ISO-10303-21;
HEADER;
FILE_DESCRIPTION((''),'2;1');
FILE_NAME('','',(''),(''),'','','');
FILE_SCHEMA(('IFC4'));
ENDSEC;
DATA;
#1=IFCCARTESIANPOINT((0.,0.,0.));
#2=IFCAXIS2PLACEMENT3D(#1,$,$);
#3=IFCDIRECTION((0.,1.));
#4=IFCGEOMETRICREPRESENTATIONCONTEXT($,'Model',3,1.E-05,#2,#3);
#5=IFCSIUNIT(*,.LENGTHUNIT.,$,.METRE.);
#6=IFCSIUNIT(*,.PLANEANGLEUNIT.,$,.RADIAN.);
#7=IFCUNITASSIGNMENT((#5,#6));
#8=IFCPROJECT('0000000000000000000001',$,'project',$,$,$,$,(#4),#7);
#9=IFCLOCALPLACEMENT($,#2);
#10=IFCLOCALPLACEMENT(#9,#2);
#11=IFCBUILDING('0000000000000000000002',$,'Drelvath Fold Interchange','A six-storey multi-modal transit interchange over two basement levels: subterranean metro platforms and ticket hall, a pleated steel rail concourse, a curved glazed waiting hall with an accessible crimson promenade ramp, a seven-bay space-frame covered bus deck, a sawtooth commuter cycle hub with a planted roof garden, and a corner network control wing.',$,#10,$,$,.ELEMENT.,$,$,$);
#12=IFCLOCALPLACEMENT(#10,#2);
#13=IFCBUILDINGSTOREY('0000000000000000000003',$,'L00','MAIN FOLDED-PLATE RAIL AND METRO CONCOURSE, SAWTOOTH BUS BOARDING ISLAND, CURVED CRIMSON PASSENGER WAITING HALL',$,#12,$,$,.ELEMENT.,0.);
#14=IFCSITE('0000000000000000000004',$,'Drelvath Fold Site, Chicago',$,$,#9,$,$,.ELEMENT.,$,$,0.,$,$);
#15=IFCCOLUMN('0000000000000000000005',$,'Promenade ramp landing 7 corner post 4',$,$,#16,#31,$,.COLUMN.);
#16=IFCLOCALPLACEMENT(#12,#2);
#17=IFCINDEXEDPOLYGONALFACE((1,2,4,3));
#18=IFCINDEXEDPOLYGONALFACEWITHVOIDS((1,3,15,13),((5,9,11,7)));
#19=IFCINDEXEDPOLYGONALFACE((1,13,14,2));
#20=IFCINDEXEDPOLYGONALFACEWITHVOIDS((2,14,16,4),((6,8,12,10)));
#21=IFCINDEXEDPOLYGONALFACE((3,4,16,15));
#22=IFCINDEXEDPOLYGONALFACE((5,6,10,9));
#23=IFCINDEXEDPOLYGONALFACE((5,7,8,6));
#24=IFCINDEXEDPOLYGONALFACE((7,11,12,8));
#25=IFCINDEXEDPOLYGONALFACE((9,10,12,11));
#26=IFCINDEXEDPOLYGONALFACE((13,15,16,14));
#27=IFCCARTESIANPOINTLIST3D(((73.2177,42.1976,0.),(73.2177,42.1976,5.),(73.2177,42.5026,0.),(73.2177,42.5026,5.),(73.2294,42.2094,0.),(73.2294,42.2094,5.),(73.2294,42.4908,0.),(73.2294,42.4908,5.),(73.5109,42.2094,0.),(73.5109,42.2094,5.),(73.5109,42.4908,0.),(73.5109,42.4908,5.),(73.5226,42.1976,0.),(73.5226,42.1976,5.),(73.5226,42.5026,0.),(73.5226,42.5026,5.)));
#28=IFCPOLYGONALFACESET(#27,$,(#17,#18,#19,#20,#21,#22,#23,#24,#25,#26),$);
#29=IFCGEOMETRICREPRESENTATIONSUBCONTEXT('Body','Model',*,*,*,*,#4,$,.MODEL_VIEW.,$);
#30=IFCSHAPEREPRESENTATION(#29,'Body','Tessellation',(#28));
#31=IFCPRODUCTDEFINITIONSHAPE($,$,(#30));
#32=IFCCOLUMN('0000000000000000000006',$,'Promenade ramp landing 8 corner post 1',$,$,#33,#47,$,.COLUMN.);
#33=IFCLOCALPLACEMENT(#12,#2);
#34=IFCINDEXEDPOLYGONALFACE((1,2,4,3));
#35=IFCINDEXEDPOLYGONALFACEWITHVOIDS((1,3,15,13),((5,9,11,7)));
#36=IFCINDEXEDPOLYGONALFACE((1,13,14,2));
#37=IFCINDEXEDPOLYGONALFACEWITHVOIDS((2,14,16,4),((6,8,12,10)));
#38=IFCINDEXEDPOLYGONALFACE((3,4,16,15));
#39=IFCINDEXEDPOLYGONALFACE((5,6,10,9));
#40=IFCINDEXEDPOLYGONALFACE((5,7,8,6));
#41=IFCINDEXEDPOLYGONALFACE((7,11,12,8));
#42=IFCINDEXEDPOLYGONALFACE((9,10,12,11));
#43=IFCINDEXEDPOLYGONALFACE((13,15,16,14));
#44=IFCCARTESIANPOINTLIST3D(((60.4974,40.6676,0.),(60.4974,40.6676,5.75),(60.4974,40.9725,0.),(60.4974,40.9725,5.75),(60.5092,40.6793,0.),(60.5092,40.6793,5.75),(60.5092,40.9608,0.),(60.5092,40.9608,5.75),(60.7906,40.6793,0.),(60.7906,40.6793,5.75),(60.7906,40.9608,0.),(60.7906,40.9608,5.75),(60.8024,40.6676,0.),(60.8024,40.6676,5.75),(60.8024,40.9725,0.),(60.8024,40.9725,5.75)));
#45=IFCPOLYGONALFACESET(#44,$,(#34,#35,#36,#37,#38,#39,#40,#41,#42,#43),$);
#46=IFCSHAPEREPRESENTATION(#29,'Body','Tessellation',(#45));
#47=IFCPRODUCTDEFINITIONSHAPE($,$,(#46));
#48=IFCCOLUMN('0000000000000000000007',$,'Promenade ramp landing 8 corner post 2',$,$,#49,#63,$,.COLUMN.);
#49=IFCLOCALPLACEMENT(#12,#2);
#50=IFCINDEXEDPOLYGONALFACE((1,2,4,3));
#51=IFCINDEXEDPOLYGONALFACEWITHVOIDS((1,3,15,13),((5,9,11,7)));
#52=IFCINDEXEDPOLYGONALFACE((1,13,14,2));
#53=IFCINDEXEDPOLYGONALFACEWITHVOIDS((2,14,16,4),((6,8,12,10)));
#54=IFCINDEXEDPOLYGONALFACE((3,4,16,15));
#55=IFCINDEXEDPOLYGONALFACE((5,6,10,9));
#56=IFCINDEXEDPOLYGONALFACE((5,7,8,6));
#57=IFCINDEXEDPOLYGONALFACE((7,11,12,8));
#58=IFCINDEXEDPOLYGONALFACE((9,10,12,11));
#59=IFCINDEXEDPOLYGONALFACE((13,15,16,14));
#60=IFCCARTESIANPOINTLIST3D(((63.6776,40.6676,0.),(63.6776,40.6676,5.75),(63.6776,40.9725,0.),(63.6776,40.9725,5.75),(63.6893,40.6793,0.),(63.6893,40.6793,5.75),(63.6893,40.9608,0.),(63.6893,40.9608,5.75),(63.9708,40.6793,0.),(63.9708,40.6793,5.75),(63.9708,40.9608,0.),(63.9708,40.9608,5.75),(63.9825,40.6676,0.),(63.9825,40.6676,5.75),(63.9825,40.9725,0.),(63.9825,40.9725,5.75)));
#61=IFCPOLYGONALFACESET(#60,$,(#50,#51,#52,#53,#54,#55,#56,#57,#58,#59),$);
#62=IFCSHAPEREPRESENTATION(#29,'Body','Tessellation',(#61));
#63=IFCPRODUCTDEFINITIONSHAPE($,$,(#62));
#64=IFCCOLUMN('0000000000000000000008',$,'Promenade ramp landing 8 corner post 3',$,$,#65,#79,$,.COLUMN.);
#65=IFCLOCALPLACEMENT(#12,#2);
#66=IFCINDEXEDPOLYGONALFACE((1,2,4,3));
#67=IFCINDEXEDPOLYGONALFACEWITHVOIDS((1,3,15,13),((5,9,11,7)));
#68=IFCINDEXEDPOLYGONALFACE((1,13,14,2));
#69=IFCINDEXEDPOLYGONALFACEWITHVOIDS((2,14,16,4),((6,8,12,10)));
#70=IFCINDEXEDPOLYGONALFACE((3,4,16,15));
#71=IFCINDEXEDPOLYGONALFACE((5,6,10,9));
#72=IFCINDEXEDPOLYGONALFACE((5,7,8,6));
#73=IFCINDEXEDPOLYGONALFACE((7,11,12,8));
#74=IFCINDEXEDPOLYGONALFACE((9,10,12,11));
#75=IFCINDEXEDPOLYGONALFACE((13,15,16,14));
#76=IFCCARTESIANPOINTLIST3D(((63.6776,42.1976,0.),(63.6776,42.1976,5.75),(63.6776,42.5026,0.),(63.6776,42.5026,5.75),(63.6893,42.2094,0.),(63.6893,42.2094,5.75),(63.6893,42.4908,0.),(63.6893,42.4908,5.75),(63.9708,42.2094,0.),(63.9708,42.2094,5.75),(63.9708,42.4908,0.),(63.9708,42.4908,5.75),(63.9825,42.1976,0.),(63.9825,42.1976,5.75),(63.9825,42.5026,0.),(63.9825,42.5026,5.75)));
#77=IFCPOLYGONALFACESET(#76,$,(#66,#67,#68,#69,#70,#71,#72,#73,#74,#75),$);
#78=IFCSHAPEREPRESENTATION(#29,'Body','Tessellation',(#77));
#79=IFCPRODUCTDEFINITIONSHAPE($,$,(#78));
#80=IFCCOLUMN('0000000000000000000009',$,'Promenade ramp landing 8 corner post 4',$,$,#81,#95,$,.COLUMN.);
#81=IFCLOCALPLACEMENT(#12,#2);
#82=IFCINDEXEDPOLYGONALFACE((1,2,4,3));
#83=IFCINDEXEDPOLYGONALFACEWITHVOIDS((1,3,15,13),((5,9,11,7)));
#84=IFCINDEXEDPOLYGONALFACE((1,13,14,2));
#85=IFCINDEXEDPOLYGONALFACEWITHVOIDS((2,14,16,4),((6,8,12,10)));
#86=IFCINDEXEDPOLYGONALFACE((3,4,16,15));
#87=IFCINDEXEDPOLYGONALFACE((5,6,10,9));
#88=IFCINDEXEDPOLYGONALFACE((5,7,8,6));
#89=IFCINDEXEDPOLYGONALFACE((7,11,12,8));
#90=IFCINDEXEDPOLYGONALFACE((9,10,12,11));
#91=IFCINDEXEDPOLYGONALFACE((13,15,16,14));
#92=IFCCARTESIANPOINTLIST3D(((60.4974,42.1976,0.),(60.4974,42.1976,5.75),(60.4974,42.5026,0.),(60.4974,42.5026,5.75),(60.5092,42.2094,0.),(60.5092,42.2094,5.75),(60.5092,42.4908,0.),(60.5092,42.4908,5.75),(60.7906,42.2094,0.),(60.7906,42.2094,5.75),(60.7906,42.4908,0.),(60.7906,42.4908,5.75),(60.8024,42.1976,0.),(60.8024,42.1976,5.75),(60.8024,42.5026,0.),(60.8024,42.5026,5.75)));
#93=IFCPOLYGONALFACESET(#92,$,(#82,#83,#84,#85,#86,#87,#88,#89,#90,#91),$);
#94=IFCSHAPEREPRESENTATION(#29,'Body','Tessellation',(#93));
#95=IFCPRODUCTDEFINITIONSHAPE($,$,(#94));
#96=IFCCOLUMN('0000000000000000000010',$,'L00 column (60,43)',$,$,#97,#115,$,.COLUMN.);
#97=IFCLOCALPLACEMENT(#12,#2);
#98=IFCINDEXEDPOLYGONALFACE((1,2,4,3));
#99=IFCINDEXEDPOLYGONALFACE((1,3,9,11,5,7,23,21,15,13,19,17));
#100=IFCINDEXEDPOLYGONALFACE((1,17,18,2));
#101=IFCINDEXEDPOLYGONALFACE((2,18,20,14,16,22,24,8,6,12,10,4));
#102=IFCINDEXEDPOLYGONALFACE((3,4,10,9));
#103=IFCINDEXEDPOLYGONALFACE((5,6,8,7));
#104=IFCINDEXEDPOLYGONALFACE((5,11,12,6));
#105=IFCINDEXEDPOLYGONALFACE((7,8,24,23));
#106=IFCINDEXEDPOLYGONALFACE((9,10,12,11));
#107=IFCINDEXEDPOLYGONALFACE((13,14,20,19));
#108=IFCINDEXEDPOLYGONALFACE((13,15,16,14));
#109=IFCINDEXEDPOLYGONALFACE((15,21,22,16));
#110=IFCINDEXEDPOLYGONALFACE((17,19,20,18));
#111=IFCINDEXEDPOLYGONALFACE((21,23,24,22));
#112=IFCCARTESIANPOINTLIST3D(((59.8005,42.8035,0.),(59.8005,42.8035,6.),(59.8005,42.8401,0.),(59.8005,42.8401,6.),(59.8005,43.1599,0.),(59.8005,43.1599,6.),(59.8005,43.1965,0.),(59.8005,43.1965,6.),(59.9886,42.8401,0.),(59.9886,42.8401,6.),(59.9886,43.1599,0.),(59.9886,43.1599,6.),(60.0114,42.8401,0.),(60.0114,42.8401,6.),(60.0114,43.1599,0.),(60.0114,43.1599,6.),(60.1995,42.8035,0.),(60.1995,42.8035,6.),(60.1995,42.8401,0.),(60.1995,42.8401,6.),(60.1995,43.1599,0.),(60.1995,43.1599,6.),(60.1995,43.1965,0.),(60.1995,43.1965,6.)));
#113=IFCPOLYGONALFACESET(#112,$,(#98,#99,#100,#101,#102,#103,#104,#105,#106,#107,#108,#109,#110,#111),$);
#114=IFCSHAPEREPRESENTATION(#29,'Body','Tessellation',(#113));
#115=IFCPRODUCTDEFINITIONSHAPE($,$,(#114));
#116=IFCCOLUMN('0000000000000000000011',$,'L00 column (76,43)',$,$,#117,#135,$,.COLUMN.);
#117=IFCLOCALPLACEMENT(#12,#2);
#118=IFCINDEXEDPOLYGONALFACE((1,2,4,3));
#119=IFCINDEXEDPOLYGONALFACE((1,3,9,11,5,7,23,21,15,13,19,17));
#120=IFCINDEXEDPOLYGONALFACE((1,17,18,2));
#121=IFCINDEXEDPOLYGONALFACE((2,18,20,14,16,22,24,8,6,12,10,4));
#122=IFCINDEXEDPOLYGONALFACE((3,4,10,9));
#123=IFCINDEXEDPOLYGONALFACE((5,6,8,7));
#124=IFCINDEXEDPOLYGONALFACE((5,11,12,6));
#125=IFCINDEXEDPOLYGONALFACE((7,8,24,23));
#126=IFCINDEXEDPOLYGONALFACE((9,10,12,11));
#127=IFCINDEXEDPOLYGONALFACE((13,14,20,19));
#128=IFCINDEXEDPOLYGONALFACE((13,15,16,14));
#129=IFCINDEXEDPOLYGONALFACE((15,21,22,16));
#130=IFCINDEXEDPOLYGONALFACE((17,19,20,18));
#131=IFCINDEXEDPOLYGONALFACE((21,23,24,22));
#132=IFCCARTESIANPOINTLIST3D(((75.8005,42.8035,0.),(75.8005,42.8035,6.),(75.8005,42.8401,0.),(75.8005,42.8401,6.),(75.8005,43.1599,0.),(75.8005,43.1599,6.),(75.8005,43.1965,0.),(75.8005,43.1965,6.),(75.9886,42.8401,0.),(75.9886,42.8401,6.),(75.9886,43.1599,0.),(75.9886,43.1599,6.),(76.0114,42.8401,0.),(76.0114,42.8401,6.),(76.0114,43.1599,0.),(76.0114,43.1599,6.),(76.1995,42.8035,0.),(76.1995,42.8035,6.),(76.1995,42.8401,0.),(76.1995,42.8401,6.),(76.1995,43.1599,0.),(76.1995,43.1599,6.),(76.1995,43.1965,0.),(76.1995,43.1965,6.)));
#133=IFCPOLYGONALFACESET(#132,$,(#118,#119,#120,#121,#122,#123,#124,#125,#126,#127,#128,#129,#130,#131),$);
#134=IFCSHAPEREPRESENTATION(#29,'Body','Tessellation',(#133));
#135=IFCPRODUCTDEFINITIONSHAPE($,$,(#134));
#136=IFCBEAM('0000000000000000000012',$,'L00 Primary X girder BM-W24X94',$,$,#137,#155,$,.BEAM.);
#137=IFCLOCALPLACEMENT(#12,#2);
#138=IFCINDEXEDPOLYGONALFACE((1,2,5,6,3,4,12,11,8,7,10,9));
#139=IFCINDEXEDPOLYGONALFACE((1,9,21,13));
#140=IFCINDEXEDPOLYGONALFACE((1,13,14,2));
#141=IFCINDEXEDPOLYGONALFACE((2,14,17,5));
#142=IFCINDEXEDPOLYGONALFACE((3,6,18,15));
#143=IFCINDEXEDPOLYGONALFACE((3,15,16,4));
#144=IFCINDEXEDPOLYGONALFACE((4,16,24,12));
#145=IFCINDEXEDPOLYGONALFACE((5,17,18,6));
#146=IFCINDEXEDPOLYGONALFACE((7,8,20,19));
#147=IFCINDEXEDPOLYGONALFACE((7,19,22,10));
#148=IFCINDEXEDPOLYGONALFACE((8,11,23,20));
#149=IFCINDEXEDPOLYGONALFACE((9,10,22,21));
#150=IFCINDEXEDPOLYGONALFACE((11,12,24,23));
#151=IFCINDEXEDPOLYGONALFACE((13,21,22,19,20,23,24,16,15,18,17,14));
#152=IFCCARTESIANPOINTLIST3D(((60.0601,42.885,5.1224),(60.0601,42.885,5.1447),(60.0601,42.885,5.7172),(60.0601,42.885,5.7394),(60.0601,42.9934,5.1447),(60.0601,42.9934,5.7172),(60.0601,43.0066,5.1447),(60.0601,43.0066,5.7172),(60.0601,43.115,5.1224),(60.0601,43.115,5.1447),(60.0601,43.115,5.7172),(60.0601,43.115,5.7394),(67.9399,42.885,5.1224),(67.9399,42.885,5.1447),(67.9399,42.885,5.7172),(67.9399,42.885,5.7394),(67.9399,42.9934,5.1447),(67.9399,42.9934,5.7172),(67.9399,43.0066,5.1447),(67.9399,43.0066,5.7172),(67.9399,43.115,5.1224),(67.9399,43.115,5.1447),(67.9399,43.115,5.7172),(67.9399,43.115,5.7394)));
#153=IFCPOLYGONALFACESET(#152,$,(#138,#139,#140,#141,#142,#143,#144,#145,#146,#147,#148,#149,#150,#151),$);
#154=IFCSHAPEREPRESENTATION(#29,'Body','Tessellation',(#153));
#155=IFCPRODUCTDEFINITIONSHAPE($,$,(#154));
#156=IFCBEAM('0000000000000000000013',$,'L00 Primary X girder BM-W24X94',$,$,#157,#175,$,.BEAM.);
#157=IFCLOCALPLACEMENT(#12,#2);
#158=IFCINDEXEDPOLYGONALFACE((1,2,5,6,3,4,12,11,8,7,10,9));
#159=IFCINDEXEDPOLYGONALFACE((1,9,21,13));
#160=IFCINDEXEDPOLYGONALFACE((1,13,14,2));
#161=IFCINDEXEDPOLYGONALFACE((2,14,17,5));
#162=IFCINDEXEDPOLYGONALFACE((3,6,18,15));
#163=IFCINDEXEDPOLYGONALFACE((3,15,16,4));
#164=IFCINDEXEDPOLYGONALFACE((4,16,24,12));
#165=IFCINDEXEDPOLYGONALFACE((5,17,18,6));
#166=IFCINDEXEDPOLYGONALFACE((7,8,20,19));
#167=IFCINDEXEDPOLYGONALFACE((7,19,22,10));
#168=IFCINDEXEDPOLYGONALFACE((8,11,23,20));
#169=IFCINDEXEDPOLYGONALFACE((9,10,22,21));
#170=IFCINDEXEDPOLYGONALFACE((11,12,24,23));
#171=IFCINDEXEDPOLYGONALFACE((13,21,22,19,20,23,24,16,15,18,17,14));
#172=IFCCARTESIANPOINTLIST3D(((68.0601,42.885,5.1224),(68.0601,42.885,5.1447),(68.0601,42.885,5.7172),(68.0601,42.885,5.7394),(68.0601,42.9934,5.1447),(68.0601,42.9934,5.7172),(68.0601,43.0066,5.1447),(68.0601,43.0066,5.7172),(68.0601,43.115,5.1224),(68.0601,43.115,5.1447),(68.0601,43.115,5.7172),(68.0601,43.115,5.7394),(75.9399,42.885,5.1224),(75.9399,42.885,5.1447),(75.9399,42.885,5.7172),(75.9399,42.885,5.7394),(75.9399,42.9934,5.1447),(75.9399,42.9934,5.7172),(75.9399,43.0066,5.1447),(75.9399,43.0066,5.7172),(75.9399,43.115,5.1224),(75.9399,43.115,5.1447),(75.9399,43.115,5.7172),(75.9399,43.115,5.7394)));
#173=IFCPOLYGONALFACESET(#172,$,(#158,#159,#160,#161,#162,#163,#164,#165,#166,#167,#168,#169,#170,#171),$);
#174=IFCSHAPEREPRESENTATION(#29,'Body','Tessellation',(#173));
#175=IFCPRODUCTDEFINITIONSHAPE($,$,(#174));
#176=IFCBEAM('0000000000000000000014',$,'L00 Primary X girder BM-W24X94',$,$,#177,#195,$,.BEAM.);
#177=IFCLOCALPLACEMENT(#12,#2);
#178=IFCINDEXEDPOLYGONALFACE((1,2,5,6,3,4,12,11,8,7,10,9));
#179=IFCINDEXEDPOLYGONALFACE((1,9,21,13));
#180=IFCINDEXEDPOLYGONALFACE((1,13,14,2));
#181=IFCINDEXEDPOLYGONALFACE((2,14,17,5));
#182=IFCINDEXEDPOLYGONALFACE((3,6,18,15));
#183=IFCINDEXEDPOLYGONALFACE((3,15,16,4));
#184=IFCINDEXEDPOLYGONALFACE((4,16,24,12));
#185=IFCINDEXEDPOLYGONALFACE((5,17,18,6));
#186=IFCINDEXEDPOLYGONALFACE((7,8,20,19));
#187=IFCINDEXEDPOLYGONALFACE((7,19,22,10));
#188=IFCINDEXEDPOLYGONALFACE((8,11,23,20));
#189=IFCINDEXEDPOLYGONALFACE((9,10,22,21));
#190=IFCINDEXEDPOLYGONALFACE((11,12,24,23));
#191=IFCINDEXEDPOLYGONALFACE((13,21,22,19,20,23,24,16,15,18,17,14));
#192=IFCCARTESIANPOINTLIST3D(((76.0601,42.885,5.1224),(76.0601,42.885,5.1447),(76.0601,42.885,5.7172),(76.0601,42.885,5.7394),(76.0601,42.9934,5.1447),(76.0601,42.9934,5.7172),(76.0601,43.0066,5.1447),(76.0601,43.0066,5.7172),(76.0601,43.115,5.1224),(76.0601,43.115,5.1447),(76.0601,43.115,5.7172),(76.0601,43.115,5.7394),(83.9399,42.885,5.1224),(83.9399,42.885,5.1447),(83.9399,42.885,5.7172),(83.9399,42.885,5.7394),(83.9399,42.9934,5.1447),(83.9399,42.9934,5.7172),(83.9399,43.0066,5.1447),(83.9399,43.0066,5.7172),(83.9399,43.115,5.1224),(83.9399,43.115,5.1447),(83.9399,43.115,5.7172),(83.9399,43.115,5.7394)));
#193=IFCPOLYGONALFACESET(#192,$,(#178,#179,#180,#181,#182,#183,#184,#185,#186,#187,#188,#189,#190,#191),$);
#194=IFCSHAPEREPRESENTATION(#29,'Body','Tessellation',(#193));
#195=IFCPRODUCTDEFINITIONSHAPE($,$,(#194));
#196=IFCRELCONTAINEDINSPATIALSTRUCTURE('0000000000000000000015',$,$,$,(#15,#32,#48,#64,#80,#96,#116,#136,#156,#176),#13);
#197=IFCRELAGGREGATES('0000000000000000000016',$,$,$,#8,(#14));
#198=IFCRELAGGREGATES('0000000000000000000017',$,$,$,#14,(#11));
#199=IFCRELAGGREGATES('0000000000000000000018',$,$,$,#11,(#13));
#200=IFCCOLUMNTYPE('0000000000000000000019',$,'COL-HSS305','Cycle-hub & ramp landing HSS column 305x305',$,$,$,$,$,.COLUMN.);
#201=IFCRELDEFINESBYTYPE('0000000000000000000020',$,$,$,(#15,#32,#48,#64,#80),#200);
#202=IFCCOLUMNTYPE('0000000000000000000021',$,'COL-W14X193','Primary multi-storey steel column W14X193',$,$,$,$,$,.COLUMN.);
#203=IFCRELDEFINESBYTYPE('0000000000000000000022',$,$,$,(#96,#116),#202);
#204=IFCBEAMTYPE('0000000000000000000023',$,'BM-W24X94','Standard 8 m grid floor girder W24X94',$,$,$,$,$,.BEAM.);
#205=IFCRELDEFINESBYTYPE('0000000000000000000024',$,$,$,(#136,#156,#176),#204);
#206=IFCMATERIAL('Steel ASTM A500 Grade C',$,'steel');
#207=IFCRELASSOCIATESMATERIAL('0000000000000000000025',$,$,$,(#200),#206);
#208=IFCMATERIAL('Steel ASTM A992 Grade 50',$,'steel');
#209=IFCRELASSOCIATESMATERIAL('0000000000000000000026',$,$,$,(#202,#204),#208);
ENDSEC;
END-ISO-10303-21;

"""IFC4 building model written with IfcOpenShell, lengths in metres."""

from ifc_helpers import new_model, si_unit, direction, frame, origin, origin_2d, place, context, subcontext, project, spatial, hollow_rectangle, i_section, extrude, material, material_profile, profile_set, type_object, element, save


model = new_model("IFC4")

# Units and contexts
model_context = context("Model", 3, precision=1e-05, world=origin(), true_north=direction((0.0, 1.0)))
body_context = subcontext(model_context, "Body", "Model", "MODEL_VIEW")
ifc_project = project(units=[si_unit("LENGTHUNIT", "METRE"), si_unit("PLANEANGLEUNIT", "RADIAN")], contexts=[model_context])

# Site, building, storey
site_placement = place(None, origin())
site = spatial("IfcSite", under=ifc_project, at=site_placement, Name="Drelvath Fold Site, Chicago", CompositionType="ELEMENT", RefElevation=0.0)
building_placement = place(site_placement, origin())
building = spatial("IfcBuilding", under=site, at=building_placement, Name="Drelvath Fold Interchange", Description="A six-storey multi-modal transit interchange over two basement levels: subterranean metro platforms and ticket hall, a pleated steel rail concourse, a curved glazed waiting hall with an accessible crimson promenade ramp, a seven-bay space-frame covered bus deck, a sawtooth commuter cycle hub with a planted roof garden, and a corner network control wing.", CompositionType="ELEMENT")
storey_placement = place(building_placement, origin())
storey = spatial("IfcBuildingStorey", under=building, at=storey_placement, Name="L00", Description="MAIN FOLDED-PLATE RAIL AND METRO CONCOURSE, SAWTOOTH BUS BOARDING ISLAND, CURVED CRIMSON PASSENGER WAITING HALL", CompositionType="ELEMENT", Elevation=0.0)

# Columns
ifc_material_1 = material(Name="Steel ASTM A500 Grade C", Category="steel")
ifc_material_profile_1 = material_profile(ifc_material_1, hollow_rectangle(XDim=0.3049, YDim=0.3049, WallThickness=0.0117, at=origin_2d()), Name="HSS12X12X1/2")
ifc_profile_set_1 = profile_set([ifc_material_profile_1], Name="Steel ASTM A500 Grade C")
column_type_1 = type_object("IfcColumnType", Name="COL-HSS305", Description="Cycle-hub & ramp landing HSS column 305x305", PredefinedType="COLUMN", material=ifc_profile_set_1)
for number, where, z_axis, x_axis, name in (
    (1, (73.3701, 42.3501, 0.0), (0.0, 0.0, 1.0), (1.0, 0.0, 0.0), "Promenade ramp landing 7 corner post 4"),
):
    element("IfcColumn", number, at=place(storey_placement, frame(where, z_axis=z_axis, x_axis=x_axis)), inside=storey, type_object=column_type_1, Name=name, PredefinedType="COLUMN", context=body_context, shape_type="SweptSolid", body=[
        extrude(hollow_rectangle(XDim=0.3049, YDim=0.3049, WallThickness=0.0117, at=origin_2d()), origin(), (0.0, 0.0, 1.0), 5.0),
    ])
for number, where, z_axis, x_axis, name in (
    (2, (60.6499, 40.8201, 0.0), (0.0, 0.0, 1.0), (1.0, 0.0, 0.0), "Promenade ramp landing 8 corner post 1"),
    (3, (63.8301, 40.8201, 0.0), (0.0, 0.0, 1.0), (1.0, 0.0, 0.0), "Promenade ramp landing 8 corner post 2"),
    (4, (63.8301, 42.3501, 0.0), (0.0, 0.0, 1.0), (1.0, 0.0, 0.0), "Promenade ramp landing 8 corner post 3"),
    (5, (60.6499, 42.3501, 0.0), (0.0, 0.0, 1.0), (1.0, 0.0, 0.0), "Promenade ramp landing 8 corner post 4"),
):
    element("IfcColumn", number, at=place(storey_placement, frame(where, z_axis=z_axis, x_axis=x_axis)), inside=storey, type_object=column_type_1, Name=name, PredefinedType="COLUMN", context=body_context, shape_type="SweptSolid", body=[
        extrude(hollow_rectangle(XDim=0.3049, YDim=0.3049, WallThickness=0.0117, at=origin_2d()), origin(), (0.0, 0.0, 1.0), 5.75),
    ])
ifc_material_2 = material(Name="Steel ASTM A992 Grade 50", Category="steel")
ifc_material_profile_2 = material_profile(ifc_material_2, i_section(OverallWidth=0.3989, OverallDepth=0.3931, WebThickness=0.0227, FlangeThickness=0.0366, at=origin_2d()), Name="W14X193")
ifc_profile_set_2 = profile_set([ifc_material_profile_2], Name="Steel ASTM A992 Grade 50")
column_type_2 = type_object("IfcColumnType", Name="COL-W14X193", Description="Primary multi-storey steel column W14X193", PredefinedType="COLUMN", material=ifc_profile_set_2)
for number, where, z_axis, x_axis, name in (
    (6, (60.0, 43.0, 0.0), (0.0, 0.0, 1.0), (1.0, 0.0, 0.0), "L00 column (60,43)"),
    (7, (76.0, 43.0, 0.0), (0.0, 0.0, 1.0), (1.0, 0.0, 0.0), "L00 column (76,43)"),
):
    element("IfcColumn", number, at=place(storey_placement, frame(where, z_axis=z_axis, x_axis=x_axis)), inside=storey, type_object=column_type_2, Name=name, PredefinedType="COLUMN", context=body_context, shape_type="SweptSolid", body=[
        extrude(i_section(OverallWidth=0.3989, OverallDepth=0.3931, WebThickness=0.0227, FlangeThickness=0.0366, at=origin_2d()), origin(), (0.0, 0.0, 1.0), 6.0),
    ])

# Beams
ifc_material_profile_3 = material_profile(ifc_material_2, i_section(OverallWidth=0.23, OverallDepth=0.6169, WebThickness=0.0132, FlangeThickness=0.0222, at=origin_2d()), Name="W24X94")
ifc_profile_set_3 = profile_set([ifc_material_profile_3], Name="Steel ASTM A992 Grade 50")
beam_type_1 = type_object("IfcBeamType", Name="BM-W24X94", Description="Standard 8 m grid floor girder W24X94", PredefinedType="BEAM", material=ifc_profile_set_3)
for number, where, z_axis, x_axis, name in (
    (8, (60.0601, 43.0, 5.4309), (1.0, 0.0, 0.0), (0.0, 1.0, 0.0), "L00 Primary X girder BM-W24X94"),
    (9, (68.0601, 43.0, 5.4309), (1.0, 0.0, 0.0), (0.0, 1.0, 0.0), "L00 Primary X girder BM-W24X94"),
    (10, (76.0601, 43.0, 5.4309), (1.0, 0.0, 0.0), (0.0, 1.0, 0.0), "L00 Primary X girder BM-W24X94"),
):
    element("IfcBeam", number, at=place(storey_placement, frame(where, z_axis=z_axis, x_axis=x_axis)), inside=storey, type_object=beam_type_1, Name=name, PredefinedType="BEAM", context=body_context, shape_type="SweptSolid", body=[
        extrude(i_section(OverallWidth=0.23, OverallDepth=0.6169, WebThickness=0.0132, FlangeThickness=0.0222, at=origin_2d()), origin(), (0.0, 0.0, 1.0), 7.8799),
    ])

save(model, "model.ifc")
